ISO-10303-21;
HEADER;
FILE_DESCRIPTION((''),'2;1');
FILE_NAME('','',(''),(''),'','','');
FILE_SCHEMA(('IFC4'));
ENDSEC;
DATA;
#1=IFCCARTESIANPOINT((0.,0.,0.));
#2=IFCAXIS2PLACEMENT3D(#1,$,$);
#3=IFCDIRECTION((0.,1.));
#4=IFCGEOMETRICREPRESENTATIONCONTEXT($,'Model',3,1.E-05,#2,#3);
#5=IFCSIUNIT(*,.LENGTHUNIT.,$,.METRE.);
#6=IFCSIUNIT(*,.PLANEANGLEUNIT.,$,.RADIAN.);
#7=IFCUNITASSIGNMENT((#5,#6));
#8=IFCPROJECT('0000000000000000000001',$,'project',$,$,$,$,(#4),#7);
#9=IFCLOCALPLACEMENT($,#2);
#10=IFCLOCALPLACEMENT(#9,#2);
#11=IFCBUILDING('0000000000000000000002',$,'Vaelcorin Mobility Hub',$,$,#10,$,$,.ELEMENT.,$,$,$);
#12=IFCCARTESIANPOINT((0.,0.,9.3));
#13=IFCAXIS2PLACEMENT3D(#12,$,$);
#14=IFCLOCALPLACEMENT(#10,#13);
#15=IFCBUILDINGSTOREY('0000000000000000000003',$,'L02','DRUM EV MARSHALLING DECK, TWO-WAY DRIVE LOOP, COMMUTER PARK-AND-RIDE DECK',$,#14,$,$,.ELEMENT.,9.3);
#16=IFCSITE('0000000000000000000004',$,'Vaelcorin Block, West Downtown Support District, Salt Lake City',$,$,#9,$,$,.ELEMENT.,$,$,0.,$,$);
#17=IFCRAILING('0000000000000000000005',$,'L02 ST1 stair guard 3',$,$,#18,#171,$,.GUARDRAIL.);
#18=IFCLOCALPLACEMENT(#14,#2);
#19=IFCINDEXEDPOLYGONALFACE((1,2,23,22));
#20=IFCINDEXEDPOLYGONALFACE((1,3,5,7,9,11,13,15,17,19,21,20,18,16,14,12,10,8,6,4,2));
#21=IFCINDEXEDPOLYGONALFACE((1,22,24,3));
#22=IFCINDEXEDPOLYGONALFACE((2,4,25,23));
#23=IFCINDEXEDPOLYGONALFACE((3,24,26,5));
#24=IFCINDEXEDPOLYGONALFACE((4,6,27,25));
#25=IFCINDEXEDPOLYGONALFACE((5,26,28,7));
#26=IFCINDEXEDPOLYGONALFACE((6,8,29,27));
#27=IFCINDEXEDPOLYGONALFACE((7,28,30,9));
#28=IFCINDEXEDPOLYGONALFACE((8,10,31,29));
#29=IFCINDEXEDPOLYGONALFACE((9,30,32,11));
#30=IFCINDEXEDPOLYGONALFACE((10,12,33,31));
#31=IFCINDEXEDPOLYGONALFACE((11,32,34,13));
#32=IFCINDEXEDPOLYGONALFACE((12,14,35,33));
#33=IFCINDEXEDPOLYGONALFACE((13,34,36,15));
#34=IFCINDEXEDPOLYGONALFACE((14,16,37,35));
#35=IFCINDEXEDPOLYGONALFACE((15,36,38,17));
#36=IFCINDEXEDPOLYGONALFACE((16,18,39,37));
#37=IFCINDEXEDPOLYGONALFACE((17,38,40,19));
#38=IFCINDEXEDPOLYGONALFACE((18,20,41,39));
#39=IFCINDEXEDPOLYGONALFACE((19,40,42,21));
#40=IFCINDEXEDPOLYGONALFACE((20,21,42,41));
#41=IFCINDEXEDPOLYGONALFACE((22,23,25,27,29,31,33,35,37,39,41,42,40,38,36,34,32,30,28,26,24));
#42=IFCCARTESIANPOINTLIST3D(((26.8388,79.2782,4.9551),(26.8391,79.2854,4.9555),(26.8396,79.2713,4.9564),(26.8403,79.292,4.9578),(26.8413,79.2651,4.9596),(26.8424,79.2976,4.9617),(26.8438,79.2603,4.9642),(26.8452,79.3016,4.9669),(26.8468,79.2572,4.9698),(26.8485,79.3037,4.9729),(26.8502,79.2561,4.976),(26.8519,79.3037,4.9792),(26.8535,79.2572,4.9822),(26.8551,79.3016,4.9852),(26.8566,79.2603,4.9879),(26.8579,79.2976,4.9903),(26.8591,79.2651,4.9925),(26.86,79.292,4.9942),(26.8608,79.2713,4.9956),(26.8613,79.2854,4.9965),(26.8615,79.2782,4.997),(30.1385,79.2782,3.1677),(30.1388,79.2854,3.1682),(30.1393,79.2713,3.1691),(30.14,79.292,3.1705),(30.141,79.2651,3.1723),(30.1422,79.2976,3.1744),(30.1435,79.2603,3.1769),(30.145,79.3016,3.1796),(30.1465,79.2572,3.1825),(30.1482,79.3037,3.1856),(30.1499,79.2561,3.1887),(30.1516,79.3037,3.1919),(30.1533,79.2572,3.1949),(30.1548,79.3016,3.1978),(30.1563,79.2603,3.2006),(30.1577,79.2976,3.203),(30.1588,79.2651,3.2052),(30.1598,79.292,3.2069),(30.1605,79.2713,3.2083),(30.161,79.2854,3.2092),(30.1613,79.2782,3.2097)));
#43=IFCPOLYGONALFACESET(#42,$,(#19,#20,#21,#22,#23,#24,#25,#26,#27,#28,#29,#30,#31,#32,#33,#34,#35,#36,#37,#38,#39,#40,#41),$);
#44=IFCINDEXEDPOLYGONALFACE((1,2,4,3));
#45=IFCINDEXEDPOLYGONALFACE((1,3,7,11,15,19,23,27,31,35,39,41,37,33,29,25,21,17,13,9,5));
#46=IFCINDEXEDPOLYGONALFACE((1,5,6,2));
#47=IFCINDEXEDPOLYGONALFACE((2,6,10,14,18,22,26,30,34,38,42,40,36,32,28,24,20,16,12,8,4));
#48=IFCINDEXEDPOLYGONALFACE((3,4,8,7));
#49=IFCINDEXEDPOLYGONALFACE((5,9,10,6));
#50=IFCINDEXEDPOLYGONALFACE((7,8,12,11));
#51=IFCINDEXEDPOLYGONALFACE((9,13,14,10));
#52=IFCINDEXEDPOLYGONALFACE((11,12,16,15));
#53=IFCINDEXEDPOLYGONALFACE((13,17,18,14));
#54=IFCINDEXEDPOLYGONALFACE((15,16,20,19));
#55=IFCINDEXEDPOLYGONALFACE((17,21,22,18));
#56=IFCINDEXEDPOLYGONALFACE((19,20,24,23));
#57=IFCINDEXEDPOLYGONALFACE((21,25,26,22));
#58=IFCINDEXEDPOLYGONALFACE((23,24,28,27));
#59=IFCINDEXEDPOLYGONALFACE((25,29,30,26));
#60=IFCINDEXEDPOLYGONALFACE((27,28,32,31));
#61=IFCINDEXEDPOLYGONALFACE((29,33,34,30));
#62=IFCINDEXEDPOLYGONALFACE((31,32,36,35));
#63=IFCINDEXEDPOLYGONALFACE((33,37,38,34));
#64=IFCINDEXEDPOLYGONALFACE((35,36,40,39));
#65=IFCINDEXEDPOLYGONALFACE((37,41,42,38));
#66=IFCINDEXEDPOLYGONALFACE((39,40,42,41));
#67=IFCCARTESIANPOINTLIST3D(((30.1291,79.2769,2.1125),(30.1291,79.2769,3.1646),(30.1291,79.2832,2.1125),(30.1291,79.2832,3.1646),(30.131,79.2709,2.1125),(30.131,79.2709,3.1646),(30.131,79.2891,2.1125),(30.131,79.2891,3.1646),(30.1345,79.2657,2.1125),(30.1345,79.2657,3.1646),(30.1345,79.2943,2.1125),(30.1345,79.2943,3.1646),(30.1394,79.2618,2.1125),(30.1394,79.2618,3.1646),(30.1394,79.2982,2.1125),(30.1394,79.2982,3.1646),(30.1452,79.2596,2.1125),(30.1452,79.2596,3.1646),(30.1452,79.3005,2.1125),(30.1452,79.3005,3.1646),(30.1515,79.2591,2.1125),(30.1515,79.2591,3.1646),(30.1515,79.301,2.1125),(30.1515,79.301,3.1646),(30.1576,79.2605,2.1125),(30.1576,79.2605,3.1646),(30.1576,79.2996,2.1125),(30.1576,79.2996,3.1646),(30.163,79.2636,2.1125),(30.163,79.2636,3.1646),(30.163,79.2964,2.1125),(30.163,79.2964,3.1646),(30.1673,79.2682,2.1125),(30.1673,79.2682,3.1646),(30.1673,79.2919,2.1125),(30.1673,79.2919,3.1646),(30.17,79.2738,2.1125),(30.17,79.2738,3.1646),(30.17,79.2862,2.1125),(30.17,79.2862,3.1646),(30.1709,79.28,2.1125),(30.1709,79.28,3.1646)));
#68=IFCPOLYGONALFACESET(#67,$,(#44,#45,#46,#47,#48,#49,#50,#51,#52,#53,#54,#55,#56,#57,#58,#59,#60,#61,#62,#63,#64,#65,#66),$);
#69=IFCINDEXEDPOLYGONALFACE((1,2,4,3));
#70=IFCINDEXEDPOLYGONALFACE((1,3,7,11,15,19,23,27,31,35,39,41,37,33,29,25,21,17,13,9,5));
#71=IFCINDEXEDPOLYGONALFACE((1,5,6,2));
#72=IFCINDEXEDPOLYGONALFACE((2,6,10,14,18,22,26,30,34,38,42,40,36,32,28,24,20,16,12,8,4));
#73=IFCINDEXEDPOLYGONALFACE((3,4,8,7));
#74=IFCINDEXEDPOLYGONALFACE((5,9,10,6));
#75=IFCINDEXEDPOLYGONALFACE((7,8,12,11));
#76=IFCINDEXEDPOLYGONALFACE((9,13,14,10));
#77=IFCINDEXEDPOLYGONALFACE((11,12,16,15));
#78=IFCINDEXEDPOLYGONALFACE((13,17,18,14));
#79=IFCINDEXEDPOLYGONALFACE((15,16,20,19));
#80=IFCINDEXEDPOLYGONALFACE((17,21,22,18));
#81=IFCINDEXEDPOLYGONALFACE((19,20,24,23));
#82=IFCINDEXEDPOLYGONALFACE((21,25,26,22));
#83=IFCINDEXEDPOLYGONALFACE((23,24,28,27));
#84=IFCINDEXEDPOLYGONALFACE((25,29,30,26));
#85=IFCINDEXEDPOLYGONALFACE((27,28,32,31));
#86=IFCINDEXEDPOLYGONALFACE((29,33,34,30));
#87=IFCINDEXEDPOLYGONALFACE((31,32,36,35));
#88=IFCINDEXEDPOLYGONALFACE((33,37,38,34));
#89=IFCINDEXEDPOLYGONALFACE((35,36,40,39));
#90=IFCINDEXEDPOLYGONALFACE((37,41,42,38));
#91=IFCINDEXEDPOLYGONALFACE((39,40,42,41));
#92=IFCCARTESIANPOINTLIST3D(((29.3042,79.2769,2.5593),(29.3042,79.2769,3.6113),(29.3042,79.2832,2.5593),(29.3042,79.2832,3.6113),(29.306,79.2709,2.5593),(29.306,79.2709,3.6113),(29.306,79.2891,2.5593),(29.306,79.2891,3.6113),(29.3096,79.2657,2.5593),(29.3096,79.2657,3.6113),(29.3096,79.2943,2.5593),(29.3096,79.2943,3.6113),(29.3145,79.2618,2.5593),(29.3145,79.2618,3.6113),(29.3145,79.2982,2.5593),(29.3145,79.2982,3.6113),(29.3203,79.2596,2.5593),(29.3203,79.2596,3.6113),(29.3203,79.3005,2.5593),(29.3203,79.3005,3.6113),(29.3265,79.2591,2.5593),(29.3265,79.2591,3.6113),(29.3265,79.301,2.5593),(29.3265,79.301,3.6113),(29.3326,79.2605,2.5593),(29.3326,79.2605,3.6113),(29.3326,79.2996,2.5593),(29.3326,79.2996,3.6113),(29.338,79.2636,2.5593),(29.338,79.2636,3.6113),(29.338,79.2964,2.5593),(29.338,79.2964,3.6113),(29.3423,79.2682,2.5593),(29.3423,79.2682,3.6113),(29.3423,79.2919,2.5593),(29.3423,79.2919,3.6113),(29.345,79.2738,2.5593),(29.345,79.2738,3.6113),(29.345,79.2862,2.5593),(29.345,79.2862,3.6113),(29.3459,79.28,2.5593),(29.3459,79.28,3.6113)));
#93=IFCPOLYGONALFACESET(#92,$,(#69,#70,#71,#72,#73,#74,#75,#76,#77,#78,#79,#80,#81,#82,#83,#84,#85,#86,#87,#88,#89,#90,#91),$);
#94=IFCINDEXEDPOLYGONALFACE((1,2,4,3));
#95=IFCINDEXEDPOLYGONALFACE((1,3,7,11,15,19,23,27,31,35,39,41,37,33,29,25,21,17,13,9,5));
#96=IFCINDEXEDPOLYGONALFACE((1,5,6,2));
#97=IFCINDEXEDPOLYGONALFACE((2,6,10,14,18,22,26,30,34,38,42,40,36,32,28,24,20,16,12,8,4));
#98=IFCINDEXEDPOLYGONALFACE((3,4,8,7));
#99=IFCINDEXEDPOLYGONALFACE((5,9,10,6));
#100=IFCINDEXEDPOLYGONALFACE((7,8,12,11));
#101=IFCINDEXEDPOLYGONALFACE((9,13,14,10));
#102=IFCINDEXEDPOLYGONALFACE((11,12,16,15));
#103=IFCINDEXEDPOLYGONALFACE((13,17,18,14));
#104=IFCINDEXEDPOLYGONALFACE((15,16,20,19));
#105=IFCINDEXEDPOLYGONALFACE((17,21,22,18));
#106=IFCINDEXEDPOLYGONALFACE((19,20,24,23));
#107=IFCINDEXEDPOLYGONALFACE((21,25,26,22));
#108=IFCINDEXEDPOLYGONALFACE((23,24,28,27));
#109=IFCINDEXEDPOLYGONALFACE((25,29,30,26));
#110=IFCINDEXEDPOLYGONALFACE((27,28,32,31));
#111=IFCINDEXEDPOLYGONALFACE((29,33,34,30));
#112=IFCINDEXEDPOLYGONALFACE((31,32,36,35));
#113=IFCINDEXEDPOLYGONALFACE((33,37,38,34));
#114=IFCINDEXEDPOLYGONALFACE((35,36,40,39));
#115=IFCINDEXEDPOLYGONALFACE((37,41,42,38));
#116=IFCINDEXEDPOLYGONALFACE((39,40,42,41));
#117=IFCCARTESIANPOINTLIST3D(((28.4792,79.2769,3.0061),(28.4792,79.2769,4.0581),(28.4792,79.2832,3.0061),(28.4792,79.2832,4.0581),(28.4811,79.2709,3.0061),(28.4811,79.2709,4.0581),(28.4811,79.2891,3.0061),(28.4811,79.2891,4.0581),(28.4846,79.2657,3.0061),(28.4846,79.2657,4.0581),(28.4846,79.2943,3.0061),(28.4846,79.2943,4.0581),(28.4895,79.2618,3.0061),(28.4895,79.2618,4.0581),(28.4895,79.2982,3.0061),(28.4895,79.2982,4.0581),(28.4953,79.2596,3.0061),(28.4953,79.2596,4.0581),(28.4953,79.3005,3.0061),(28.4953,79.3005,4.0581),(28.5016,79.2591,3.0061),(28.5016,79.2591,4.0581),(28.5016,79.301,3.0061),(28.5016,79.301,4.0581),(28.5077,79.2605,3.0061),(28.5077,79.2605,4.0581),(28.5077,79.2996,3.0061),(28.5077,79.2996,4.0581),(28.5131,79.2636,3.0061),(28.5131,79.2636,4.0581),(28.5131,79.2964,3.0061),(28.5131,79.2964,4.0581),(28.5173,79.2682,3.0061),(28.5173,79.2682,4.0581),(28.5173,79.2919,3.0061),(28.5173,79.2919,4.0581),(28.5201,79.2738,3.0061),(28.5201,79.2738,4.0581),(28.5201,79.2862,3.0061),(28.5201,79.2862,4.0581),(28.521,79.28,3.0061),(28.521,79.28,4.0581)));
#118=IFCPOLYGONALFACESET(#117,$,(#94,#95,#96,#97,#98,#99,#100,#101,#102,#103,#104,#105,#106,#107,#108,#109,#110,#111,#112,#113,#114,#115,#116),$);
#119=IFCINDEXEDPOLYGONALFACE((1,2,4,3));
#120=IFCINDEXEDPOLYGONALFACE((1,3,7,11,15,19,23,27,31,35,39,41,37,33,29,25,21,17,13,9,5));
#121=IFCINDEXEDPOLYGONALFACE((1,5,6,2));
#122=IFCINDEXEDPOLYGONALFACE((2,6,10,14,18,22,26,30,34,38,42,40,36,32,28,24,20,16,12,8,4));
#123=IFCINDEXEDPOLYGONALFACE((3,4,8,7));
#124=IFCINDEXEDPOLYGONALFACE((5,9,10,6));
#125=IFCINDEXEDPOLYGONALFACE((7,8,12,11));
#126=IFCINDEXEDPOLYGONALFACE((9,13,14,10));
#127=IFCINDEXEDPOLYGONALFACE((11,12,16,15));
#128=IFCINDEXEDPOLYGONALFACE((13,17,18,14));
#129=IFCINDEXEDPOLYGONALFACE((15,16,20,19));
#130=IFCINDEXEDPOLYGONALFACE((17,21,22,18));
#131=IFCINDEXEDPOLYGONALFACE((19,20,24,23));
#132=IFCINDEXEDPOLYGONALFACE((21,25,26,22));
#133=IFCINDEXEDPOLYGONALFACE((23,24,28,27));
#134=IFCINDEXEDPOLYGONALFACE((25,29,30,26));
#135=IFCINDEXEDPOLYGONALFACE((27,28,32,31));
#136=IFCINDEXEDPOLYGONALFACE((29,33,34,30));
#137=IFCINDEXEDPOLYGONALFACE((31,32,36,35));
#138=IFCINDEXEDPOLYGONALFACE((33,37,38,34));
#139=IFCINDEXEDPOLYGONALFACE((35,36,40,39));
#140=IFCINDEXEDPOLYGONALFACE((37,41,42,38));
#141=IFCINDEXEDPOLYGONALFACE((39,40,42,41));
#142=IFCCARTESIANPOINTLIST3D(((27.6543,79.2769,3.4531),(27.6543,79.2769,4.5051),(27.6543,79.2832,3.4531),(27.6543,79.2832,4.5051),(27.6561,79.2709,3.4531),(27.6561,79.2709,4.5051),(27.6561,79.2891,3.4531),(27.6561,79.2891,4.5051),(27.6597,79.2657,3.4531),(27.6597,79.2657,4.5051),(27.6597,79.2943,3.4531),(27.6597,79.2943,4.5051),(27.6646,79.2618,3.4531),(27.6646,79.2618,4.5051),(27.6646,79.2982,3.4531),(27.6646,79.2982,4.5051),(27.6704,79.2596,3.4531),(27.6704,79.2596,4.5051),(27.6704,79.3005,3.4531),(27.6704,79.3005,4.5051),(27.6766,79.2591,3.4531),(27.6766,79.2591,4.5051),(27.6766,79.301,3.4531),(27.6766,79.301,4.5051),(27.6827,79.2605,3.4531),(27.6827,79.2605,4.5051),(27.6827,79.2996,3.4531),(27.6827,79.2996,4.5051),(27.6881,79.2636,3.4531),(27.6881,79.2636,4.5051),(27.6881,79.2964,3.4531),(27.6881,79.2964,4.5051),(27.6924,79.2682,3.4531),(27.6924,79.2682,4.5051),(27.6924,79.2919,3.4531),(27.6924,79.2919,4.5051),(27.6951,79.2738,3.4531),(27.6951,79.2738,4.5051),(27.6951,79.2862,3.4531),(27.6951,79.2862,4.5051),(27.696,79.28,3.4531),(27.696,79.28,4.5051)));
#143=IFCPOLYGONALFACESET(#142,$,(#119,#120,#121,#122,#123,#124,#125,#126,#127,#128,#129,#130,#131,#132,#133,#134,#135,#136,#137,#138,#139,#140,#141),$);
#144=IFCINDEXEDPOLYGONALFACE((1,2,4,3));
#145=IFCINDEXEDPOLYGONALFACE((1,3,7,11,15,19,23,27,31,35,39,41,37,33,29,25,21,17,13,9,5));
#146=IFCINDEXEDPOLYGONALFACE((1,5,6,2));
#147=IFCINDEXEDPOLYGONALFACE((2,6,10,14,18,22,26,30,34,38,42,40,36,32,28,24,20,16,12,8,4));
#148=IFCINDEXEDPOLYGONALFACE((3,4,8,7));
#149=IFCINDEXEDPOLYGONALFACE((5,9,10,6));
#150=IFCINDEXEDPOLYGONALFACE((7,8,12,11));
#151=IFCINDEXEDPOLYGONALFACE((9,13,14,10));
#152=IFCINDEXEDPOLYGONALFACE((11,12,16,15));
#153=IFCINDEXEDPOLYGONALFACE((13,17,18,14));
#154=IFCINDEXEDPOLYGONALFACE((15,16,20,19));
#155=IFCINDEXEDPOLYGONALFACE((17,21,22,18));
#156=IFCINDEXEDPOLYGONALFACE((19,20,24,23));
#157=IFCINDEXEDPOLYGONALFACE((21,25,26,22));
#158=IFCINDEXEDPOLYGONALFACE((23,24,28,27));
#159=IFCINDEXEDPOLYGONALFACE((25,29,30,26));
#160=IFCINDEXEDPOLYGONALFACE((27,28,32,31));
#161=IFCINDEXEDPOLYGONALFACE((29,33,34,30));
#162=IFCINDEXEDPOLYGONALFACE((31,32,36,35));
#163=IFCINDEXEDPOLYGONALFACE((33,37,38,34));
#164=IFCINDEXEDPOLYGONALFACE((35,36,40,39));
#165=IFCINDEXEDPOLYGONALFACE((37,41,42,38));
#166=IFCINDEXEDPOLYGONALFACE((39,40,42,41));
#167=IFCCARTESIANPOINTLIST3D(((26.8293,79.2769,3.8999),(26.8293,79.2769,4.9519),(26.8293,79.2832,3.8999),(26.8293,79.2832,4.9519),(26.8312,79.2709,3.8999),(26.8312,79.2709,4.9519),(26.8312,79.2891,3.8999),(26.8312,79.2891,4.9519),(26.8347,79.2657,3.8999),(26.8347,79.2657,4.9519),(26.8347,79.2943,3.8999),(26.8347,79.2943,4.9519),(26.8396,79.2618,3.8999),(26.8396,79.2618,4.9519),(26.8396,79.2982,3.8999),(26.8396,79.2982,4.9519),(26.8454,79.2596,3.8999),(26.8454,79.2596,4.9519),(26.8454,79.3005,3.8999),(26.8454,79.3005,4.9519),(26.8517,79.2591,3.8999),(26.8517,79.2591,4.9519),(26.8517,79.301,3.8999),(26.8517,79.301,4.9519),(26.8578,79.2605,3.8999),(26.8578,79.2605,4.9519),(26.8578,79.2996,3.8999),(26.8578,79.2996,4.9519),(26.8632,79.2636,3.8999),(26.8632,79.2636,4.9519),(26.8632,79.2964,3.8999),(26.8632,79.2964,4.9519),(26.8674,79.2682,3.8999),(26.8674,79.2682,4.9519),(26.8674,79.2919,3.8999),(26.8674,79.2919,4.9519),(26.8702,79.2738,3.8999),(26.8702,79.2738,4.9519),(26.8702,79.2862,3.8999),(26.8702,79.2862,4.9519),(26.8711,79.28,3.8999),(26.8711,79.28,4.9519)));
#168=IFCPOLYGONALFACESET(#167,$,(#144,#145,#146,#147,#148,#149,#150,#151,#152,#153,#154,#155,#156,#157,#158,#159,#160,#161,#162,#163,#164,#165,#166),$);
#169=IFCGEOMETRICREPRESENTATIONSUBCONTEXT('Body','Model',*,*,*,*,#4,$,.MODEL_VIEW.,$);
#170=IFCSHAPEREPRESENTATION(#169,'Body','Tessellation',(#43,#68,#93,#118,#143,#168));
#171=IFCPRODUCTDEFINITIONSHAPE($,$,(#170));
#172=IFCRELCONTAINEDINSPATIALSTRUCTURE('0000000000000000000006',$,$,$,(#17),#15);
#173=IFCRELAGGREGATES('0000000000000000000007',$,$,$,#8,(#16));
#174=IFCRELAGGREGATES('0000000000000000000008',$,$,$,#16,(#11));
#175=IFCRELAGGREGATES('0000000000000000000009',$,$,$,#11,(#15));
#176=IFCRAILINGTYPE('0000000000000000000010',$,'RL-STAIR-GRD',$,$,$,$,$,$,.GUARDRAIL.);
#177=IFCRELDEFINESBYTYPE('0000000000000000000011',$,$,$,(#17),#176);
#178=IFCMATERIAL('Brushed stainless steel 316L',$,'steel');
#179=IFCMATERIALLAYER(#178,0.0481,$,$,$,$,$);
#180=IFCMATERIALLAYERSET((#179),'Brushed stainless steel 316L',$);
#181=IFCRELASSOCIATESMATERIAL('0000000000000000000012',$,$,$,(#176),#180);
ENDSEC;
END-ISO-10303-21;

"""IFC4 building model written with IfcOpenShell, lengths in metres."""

from ifc_helpers import new_model, si_unit, direction, frame, origin, origin_2d, place, context, subcontext, project, spatial, circle, extrude, material, layer, layer_set, type_object, element, save


model = new_model("IFC4")

# Units and contexts
model_context = context("Model", 3, precision=1e-05, world=origin(), true_north=direction((0.0, 1.0)))
body_context = subcontext(model_context, "Body", "Model", "MODEL_VIEW")
ifc_project = project(units=[si_unit("LENGTHUNIT", "METRE"), si_unit("PLANEANGLEUNIT", "RADIAN")], contexts=[model_context])

# Site, building, storey
site_placement = place(None, origin())
site = spatial("IfcSite", under=ifc_project, at=site_placement, Name="Vaelcorin Block, West Downtown Support District, Salt Lake City", CompositionType="ELEMENT", RefElevation=0.0)
building_placement = place(site_placement, origin())
building = spatial("IfcBuilding", under=site, at=building_placement, Name="Vaelcorin Mobility Hub", CompositionType="ELEMENT")
storey_placement = place(building_placement, frame((0.0, 0.0, 9.3)))
storey = spatial("IfcBuildingStorey", under=building, at=storey_placement, Name="L02", Description="DRUM EV MARSHALLING DECK, TWO-WAY DRIVE LOOP, COMMUTER PARK-AND-RIDE DECK", CompositionType="ELEMENT", Elevation=9.3)

# Railing
ifc_material_1 = material(Name="Brushed stainless steel 316L", Category="steel")
ifc_layer_1 = layer(ifc_material_1, 0.0481)
ifc_layer_set_1 = layer_set([ifc_layer_1], Name="Brushed stainless steel 316L")
railing_type_1 = type_object("IfcRailingType", Name="RL-STAIR-GRD", PredefinedType="GUARDRAIL", material=ifc_layer_set_1)
railing_1_placement = place(storey_placement, frame((30.1499, 79.28, 2.1125)))
element("IfcRailing", 1, at=railing_1_placement, inside=storey, type_object=railing_type_1, Name="L02 ST1 stair guard 3", PredefinedType="GUARDRAIL", context=body_context, shape_type="SweptSolid", body=[
    extrude(circle(Radius=0.0239, at=origin_2d()), frame((0.0, 0.0, 1.0762), z_axis=(-0.879297, 0.0, 0.476275), x_axis=(0.0, -1.0, 0.0)), (0.0, 0.0, 1.0), 3.7527),
    extrude(circle(Radius=0.021, at=origin_2d()), origin(), (0.0, 0.0, 1.0), 1.052),
    extrude(circle(Radius=0.021, at=origin_2d()), frame((-0.825, 0.0, 0.4468)), (0.0, 0.0, 1.0), 1.052),
    extrude(circle(Radius=0.021, at=origin_2d()), frame((-1.6499, 0.0, 0.8936)), (0.0, 0.0, 1.0), 1.052),
    extrude(circle(Radius=0.021, at=origin_2d()), frame((-2.4749, 0.0, 1.3406)), (0.0, 0.0, 1.0), 1.052),
    extrude(circle(Radius=0.021, at=origin_2d()), frame((-3.2998, 0.0, 1.7874)), (0.0, 0.0, 1.0), 1.052),
])

save(model, "model.ifc")
